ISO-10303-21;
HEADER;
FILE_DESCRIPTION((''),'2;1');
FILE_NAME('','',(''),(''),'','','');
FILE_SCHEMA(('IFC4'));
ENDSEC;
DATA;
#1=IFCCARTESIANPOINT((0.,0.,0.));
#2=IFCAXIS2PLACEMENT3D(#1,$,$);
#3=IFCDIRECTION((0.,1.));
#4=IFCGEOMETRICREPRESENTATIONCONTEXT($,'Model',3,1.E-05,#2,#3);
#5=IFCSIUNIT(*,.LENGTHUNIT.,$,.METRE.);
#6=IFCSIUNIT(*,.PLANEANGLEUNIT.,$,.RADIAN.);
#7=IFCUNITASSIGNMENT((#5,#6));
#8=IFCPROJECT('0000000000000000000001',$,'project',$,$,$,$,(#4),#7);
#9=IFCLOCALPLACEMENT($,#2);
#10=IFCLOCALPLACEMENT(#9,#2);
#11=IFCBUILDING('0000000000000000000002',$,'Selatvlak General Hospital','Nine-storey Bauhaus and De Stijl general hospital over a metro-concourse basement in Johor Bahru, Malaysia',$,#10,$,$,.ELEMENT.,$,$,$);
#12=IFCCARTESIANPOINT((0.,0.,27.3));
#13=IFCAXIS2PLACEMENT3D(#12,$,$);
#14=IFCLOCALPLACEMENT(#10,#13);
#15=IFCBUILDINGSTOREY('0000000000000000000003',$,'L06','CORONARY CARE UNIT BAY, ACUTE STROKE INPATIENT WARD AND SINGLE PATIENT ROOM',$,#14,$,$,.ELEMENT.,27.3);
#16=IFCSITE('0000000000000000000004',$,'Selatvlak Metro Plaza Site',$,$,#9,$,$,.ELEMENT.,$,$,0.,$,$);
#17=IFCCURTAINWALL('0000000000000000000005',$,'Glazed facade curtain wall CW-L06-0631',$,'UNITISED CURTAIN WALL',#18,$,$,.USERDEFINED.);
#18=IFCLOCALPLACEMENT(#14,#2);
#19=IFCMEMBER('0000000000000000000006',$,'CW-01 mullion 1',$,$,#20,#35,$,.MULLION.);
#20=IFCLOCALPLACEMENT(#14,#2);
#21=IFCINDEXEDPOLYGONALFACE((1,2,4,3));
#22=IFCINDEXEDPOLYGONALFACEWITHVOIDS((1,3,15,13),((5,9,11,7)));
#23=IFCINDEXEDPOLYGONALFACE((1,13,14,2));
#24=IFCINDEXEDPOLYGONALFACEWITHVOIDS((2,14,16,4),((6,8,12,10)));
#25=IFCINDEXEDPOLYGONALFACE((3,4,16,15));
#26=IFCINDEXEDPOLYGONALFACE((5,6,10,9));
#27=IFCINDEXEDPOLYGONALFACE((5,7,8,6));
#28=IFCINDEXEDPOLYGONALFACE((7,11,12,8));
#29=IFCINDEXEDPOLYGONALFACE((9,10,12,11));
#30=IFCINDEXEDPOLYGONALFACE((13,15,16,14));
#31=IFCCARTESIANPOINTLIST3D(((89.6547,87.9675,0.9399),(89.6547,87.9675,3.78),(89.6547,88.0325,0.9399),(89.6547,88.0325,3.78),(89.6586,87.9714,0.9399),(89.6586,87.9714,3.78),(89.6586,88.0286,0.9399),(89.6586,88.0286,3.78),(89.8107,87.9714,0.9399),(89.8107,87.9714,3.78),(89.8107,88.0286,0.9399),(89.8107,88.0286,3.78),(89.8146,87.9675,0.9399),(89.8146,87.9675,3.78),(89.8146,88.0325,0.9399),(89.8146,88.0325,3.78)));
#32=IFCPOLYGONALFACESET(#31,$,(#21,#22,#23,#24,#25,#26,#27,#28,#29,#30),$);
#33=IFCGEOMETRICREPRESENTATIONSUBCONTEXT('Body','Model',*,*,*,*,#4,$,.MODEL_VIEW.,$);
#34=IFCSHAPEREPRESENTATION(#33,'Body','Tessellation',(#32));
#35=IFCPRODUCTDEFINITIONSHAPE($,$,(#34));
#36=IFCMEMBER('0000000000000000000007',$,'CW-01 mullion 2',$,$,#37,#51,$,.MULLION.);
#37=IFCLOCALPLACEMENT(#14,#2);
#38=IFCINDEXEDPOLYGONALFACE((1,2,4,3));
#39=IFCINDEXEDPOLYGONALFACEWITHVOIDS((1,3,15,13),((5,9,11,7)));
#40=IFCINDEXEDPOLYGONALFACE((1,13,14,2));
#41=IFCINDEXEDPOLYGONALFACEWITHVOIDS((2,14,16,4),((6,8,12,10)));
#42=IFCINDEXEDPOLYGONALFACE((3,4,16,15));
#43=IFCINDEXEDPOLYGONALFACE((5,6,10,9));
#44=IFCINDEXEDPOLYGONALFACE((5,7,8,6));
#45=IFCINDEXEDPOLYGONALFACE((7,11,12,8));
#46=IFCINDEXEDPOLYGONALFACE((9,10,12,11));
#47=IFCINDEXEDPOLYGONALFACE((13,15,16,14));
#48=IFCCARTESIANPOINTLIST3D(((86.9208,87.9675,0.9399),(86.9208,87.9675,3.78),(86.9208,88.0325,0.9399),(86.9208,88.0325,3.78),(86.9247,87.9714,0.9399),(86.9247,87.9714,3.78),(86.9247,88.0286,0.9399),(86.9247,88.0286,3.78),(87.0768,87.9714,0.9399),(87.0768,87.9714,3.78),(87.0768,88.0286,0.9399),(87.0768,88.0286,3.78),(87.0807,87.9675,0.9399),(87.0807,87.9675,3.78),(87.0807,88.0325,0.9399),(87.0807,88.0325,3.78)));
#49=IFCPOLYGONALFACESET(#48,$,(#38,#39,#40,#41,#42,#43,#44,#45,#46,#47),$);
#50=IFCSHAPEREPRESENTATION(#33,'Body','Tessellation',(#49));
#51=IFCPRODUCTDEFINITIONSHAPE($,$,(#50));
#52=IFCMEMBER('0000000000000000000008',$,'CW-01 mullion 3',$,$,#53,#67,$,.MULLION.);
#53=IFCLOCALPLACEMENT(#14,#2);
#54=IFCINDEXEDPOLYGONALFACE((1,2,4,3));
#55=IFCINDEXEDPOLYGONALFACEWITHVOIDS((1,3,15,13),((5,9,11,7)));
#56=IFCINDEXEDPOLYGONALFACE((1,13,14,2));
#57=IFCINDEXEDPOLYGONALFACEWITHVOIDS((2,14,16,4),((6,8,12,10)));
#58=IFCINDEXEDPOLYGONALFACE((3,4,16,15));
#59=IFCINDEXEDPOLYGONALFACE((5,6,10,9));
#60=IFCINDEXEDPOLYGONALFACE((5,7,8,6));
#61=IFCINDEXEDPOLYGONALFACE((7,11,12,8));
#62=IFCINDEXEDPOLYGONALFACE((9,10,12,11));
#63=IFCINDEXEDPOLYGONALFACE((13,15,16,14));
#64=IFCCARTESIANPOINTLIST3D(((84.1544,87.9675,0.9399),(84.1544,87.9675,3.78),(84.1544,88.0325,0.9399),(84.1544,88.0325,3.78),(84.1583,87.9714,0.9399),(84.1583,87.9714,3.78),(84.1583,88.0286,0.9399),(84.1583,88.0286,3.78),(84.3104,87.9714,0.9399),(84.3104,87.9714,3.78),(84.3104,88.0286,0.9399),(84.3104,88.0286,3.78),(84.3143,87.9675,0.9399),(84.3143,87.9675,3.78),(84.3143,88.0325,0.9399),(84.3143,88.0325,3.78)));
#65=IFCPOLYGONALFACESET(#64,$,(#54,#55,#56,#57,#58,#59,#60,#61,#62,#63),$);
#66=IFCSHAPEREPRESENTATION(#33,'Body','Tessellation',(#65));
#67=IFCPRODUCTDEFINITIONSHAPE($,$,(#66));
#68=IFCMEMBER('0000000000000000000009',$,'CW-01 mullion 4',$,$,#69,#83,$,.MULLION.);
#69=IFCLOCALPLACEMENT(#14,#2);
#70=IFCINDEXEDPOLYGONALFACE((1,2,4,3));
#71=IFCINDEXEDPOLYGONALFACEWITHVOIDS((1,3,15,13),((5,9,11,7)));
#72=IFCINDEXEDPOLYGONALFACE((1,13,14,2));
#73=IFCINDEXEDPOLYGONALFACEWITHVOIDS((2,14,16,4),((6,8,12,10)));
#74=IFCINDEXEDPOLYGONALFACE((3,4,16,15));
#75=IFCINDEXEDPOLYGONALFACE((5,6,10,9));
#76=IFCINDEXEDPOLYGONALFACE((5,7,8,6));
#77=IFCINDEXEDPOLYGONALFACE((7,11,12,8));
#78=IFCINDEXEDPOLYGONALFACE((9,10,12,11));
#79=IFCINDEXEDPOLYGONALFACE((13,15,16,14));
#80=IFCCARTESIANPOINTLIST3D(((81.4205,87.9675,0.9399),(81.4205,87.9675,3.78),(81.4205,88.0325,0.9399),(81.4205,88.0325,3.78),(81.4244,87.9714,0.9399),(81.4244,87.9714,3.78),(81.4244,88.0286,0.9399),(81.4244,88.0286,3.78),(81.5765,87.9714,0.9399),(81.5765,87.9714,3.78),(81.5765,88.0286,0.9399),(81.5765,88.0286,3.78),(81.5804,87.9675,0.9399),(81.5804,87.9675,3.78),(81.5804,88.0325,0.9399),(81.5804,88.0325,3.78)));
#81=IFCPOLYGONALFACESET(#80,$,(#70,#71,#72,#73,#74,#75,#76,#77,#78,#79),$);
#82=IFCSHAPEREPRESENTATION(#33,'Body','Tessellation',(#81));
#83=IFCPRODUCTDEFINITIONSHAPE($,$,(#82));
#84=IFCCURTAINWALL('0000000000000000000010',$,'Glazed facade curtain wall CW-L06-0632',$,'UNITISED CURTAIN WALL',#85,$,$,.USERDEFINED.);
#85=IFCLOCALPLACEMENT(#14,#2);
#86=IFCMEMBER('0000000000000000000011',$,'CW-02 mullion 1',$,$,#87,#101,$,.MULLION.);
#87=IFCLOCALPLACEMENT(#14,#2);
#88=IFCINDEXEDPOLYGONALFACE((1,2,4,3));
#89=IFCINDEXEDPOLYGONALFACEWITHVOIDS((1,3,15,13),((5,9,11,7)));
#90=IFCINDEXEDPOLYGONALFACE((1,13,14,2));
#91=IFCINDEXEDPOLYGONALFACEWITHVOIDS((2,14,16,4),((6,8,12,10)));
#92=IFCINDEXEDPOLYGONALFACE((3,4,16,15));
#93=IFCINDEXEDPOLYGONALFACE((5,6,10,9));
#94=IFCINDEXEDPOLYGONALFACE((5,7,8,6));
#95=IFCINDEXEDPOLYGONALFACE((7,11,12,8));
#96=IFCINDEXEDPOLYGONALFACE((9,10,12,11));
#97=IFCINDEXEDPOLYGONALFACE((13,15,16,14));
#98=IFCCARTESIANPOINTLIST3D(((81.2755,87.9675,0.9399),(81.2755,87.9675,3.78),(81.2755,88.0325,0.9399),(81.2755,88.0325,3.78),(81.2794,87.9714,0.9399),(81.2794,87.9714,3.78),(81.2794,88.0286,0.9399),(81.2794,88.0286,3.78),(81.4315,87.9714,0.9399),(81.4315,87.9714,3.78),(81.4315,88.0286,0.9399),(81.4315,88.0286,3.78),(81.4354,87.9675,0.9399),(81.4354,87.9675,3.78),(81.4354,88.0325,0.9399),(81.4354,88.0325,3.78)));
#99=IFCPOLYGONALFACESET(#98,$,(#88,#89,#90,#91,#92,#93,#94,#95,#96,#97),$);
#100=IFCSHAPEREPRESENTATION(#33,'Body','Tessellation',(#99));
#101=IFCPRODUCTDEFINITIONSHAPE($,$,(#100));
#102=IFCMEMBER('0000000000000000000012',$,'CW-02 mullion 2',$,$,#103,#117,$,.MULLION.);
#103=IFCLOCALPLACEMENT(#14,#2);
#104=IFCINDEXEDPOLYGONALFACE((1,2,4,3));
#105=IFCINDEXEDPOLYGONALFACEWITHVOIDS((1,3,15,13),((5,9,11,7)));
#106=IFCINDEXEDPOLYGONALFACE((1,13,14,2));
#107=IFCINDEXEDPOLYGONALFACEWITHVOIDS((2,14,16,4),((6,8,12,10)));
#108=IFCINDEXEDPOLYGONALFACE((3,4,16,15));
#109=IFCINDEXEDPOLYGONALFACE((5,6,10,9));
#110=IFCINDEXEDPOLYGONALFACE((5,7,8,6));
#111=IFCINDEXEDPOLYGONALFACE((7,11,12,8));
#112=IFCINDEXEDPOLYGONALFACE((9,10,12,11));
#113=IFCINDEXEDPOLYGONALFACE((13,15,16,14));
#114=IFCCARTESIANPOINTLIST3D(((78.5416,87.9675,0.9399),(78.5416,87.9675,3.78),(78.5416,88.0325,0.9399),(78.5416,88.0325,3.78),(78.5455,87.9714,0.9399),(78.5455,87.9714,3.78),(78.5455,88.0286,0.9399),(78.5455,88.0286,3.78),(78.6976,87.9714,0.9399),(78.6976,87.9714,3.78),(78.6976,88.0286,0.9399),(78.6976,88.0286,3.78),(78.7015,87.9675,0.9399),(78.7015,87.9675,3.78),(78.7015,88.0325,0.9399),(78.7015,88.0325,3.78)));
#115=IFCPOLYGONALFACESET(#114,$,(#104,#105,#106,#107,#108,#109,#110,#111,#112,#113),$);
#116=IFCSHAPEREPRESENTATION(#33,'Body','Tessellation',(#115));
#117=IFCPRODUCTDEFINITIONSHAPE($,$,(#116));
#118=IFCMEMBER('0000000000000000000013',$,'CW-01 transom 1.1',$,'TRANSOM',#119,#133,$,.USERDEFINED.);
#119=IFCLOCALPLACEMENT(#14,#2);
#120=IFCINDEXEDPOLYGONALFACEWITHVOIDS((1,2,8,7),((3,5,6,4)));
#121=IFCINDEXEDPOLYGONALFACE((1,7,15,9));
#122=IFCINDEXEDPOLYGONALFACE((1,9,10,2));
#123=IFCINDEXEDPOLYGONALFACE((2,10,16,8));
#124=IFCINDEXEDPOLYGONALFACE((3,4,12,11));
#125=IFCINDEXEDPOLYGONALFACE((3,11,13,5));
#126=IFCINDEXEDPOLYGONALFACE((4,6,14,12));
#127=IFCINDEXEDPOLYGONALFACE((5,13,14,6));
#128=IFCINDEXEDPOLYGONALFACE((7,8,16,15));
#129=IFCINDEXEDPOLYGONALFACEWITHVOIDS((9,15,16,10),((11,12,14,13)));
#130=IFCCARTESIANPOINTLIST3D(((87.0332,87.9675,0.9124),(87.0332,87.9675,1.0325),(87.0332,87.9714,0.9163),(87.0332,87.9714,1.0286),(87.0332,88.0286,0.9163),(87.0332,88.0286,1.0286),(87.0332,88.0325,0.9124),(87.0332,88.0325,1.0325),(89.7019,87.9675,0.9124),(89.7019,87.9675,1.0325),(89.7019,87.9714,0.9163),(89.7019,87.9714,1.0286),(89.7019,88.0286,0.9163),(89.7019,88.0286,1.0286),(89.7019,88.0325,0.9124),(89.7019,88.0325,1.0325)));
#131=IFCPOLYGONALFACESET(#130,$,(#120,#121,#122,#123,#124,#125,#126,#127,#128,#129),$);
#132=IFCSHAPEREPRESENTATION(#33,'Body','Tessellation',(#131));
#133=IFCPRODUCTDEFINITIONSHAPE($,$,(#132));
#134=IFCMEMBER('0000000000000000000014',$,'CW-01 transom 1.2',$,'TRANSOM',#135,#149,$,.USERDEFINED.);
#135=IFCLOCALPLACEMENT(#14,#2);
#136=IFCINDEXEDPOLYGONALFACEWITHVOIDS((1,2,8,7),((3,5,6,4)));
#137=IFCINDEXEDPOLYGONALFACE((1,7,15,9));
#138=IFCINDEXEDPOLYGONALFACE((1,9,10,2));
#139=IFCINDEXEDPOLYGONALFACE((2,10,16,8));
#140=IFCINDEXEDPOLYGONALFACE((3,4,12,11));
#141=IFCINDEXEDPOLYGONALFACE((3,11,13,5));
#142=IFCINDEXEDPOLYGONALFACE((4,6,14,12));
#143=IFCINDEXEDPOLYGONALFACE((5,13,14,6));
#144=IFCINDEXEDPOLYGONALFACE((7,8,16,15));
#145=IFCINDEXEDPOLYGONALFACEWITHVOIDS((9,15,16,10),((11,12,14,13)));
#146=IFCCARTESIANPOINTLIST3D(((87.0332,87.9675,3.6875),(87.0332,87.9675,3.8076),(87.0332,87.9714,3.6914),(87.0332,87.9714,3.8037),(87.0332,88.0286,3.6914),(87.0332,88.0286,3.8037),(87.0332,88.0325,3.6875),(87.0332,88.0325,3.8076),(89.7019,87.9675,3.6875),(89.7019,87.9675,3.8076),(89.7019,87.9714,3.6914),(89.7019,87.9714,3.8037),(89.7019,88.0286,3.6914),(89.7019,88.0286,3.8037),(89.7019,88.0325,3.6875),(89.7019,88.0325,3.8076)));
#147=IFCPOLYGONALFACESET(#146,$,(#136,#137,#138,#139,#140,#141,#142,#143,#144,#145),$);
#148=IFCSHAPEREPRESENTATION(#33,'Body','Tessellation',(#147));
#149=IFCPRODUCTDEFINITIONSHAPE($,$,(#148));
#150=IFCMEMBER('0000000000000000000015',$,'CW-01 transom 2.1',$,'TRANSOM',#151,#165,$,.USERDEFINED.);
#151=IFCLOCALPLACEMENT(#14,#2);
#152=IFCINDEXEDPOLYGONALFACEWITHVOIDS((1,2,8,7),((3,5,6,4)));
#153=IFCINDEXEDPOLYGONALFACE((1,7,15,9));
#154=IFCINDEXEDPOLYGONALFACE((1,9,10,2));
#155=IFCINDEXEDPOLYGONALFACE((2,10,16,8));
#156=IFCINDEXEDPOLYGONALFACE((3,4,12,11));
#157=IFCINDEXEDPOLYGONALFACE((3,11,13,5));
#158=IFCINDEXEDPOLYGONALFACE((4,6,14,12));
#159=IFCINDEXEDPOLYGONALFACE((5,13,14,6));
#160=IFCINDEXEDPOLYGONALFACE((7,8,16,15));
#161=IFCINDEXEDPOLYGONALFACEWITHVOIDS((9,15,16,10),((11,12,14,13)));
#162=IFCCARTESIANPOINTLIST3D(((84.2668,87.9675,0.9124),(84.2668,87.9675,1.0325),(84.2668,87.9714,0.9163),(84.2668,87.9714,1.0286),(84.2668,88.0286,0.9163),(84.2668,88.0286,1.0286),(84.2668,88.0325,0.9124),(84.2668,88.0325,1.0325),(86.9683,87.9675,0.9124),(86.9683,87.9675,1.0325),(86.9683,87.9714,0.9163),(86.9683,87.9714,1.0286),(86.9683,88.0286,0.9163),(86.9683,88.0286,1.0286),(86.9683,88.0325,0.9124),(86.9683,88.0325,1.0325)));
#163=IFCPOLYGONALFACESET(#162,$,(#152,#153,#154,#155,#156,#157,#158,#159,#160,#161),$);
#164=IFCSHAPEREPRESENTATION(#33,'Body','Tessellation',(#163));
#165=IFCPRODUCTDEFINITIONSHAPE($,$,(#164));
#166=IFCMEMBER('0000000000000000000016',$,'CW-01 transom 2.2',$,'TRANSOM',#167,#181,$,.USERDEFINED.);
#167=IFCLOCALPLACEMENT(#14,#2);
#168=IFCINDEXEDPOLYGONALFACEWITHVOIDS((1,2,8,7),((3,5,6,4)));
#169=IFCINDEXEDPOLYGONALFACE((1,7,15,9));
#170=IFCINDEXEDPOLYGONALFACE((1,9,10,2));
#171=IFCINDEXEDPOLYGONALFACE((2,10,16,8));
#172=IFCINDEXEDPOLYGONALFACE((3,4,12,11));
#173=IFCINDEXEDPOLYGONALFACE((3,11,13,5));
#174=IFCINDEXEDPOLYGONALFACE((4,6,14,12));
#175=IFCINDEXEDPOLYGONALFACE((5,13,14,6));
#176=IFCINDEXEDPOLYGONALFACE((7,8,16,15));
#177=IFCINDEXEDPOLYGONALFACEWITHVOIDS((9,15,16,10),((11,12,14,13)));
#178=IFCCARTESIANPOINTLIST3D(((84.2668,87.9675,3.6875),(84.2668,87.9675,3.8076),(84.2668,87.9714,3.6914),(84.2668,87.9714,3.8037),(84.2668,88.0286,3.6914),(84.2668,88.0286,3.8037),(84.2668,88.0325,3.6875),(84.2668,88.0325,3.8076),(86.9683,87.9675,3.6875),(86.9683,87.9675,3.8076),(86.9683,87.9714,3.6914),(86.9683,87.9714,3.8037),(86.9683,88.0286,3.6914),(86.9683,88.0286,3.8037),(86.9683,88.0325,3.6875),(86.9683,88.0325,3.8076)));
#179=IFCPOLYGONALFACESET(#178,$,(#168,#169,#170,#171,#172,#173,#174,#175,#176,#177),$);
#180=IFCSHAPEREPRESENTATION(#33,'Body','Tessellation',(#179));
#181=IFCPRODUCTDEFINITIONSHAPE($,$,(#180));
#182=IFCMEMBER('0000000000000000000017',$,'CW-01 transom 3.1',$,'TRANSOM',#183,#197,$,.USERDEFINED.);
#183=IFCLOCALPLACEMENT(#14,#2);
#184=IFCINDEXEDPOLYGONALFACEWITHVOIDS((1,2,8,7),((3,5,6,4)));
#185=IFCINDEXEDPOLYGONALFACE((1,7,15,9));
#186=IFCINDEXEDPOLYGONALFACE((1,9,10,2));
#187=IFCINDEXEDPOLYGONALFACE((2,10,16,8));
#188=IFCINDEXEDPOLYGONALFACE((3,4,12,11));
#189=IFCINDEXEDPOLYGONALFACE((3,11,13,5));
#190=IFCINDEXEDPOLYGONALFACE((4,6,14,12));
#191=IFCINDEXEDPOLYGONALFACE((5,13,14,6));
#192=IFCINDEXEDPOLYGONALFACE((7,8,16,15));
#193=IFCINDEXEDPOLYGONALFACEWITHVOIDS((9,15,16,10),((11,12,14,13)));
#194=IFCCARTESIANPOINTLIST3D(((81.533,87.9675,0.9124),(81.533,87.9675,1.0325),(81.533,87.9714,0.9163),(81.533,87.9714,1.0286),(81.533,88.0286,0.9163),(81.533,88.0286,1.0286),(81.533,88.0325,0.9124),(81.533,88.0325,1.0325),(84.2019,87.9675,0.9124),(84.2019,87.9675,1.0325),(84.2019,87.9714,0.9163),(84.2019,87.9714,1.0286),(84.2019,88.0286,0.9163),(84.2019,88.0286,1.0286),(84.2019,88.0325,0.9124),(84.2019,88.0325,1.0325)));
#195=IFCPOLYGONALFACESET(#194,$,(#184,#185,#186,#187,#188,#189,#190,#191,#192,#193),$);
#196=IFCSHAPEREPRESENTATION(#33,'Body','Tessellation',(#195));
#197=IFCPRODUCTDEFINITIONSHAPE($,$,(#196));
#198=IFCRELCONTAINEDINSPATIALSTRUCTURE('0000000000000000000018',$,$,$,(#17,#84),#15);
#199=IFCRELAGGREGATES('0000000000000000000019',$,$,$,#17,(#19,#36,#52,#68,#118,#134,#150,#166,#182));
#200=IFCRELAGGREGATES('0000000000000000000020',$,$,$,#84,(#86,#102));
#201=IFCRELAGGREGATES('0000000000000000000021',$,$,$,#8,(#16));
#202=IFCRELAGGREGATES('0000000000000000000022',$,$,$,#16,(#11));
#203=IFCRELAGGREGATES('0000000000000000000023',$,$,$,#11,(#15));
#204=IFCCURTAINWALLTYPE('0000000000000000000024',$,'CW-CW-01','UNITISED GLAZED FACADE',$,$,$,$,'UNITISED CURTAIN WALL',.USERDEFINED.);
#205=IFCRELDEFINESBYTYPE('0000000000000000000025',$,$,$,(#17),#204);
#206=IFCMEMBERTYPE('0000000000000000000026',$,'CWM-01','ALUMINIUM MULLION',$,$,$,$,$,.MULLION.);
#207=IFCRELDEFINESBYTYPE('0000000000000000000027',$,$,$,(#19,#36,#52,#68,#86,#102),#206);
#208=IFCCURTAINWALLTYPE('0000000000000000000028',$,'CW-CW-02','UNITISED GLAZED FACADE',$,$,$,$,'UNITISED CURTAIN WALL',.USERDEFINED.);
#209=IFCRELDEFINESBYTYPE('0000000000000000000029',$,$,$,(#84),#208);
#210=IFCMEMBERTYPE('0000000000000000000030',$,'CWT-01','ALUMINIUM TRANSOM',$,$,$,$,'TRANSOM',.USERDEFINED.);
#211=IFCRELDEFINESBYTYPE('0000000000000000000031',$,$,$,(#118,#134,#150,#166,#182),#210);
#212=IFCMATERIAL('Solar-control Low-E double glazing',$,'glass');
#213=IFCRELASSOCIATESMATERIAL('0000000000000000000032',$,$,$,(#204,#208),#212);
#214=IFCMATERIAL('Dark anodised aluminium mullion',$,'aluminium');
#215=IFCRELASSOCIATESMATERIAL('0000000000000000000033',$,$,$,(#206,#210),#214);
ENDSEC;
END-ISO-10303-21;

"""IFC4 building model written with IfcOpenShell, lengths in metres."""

from ifc_helpers import new_model, si_unit, direction, frame, origin, origin_2d, place, context, subcontext, project, spatial, hollow_rectangle, extrude, material, material_profile, profile_set, type_object, element, aggregate, save


model = new_model("IFC4")

# Units and contexts
model_context = context("Model", 3, precision=1e-05, world=origin(), true_north=direction((0.0, 1.0)))
body_context = subcontext(model_context, "Body", "Model", "MODEL_VIEW")
ifc_project = project(units=[si_unit("LENGTHUNIT", "METRE"), si_unit("PLANEANGLEUNIT", "RADIAN")], contexts=[model_context])

# Site, building, storey
site_placement = place(None, origin())
site = spatial("IfcSite", under=ifc_project, at=site_placement, Name="Selatvlak Metro Plaza Site", CompositionType="ELEMENT", RefElevation=0.0)
building_placement = place(site_placement, origin())
building = spatial("IfcBuilding", under=site, at=building_placement, Name="Selatvlak General Hospital", Description="Nine-storey Bauhaus and De Stijl general hospital over a metro-concourse basement in Johor Bahru, Malaysia", CompositionType="ELEMENT")
storey_placement = place(building_placement, frame((0.0, 0.0, 27.3)))
storey = spatial("IfcBuildingStorey", under=building, at=storey_placement, Name="L06", Description="CORONARY CARE UNIT BAY, ACUTE STROKE INPATIENT WARD AND SINGLE PATIENT ROOM", CompositionType="ELEMENT", Elevation=27.3)

# Curtain walls, members
ifc_material_1 = material(Name="Solar-control Low-E double glazing", Category="glass")
curtain_wall_type_1 = type_object("IfcCurtainWallType", Name="CW-CW-01", Description="UNITISED GLAZED FACADE", ElementType="UNITISED CURTAIN WALL", PredefinedType="USERDEFINED", material=ifc_material_1)
curtain_wall_1_placement = place(storey_placement, origin())
curtain_wall_1 = element("IfcCurtainWall", 1, at=curtain_wall_1_placement, inside=storey, type_object=curtain_wall_type_1, Name="Glazed facade curtain wall CW-L06-0631", ObjectType="UNITISED CURTAIN WALL", PredefinedType="USERDEFINED")
ifc_material_2 = material(Name="Dark anodised aluminium mullion", Category="aluminium")
ifc_material_profile_1 = material_profile(ifc_material_2, hollow_rectangle(XDim=0.0649, YDim=0.1599, WallThickness=0.0039, at=origin_2d()), Name="AL-MUL 65x160x4")
ifc_profile_set_1 = profile_set([ifc_material_profile_1], Name="Dark anodised aluminium mullion")
member_type_1 = type_object("IfcMemberType", Name="CWM-01", Description="ALUMINIUM MULLION", PredefinedType="MULLION", material=ifc_profile_set_1)
member_1_placement = place(storey_placement, frame((89.7346, 88.0, 0.9399), z_axis=(0.0, 0.0, 1.0), x_axis=(0.0, -1.0, 0.0)))
member_1 = element("IfcMember", 2, at=member_1_placement, type_object=member_type_1, Name="CW-01 mullion 1", PredefinedType="MULLION", context=body_context, shape_type="SweptSolid", body=[
    extrude(hollow_rectangle(XDim=0.0649, YDim=0.1599, WallThickness=0.0039, at=origin_2d()), origin(), (0.0, 0.0, 1.0), 2.8401),
])
member_2_placement = place(storey_placement, frame((87.0007, 88.0, 0.9399), z_axis=(0.0, 0.0, 1.0), x_axis=(0.0, -1.0, 0.0)))
member_2 = element("IfcMember", 3, at=member_2_placement, type_object=member_type_1, Name="CW-01 mullion 2", PredefinedType="MULLION", context=body_context, shape_type="SweptSolid", body=[
    extrude(hollow_rectangle(XDim=0.0649, YDim=0.1599, WallThickness=0.0039, at=origin_2d()), origin(), (0.0, 0.0, 1.0), 2.8401),
])
member_3_placement = place(storey_placement, frame((84.2344, 88.0, 0.9399), z_axis=(0.0, 0.0, 1.0), x_axis=(0.0, -1.0, 0.0)))
member_3 = element("IfcMember", 4, at=member_3_placement, type_object=member_type_1, Name="CW-01 mullion 3", PredefinedType="MULLION", context=body_context, shape_type="SweptSolid", body=[
    extrude(hollow_rectangle(XDim=0.0649, YDim=0.1599, WallThickness=0.0039, at=origin_2d()), origin(), (0.0, 0.0, 1.0), 2.8401),
])
member_4_placement = place(storey_placement, frame((81.5005, 88.0, 0.9399), z_axis=(0.0, 0.0, 1.0), x_axis=(0.0, -1.0, 0.0)))
member_4 = element("IfcMember", 5, at=member_4_placement, type_object=member_type_1, Name="CW-01 mullion 4", PredefinedType="MULLION", context=body_context, shape_type="SweptSolid", body=[
    extrude(hollow_rectangle(XDim=0.0649, YDim=0.1599, WallThickness=0.0039, at=origin_2d()), origin(), (0.0, 0.0, 1.0), 2.8401),
])
curtain_wall_type_2 = type_object("IfcCurtainWallType", Name="CW-CW-02", Description="UNITISED GLAZED FACADE", ElementType="UNITISED CURTAIN WALL", PredefinedType="USERDEFINED", material=ifc_material_1)
curtain_wall_2_placement = place(storey_placement, origin())
curtain_wall_2 = element("IfcCurtainWall", 6, at=curtain_wall_2_placement, inside=storey, type_object=curtain_wall_type_2, Name="Glazed facade curtain wall CW-L06-0632", ObjectType="UNITISED CURTAIN WALL", PredefinedType="USERDEFINED")
member_5_placement = place(storey_placement, frame((81.3555, 88.0, 0.9399), z_axis=(0.0, 0.0, 1.0), x_axis=(0.0, -1.0, 0.0)))
member_5 = element("IfcMember", 7, at=member_5_placement, type_object=member_type_1, Name="CW-02 mullion 1", PredefinedType="MULLION", context=body_context, shape_type="SweptSolid", body=[
    extrude(hollow_rectangle(XDim=0.0649, YDim=0.1599, WallThickness=0.0039, at=origin_2d()), origin(), (0.0, 0.0, 1.0), 2.8401),
])
member_6_placement = place(storey_placement, frame((78.6216, 88.0, 0.9399), z_axis=(0.0, 0.0, 1.0), x_axis=(0.0, -1.0, 0.0)))
member_6 = element("IfcMember", 8, at=member_6_placement, type_object=member_type_1, Name="CW-02 mullion 2", PredefinedType="MULLION", context=body_context, shape_type="SweptSolid", body=[
    extrude(hollow_rectangle(XDim=0.0649, YDim=0.1599, WallThickness=0.0039, at=origin_2d()), origin(), (0.0, 0.0, 1.0), 2.8401),
])

# Members
ifc_material_profile_2 = material_profile(ifc_material_2, hollow_rectangle(XDim=0.0649, YDim=0.1201, WallThickness=0.0039, at=origin_2d()), Name="AL-TRN 65x120x4")
ifc_profile_set_2 = profile_set([ifc_material_profile_2], Name="Dark anodised aluminium mullion")
member_type_2 = type_object("IfcMemberType", Name="CWT-01", Description="ALUMINIUM TRANSOM", ElementType="TRANSOM", PredefinedType="USERDEFINED", material=ifc_profile_set_2)
member_7_placement = place(storey_placement, frame((89.7019, 88.0, 0.9724), z_axis=(-1.0, 0.0, 0.0), x_axis=(0.0, -1.0, 0.0)))
member_7 = element("IfcMember", 9, at=member_7_placement, type_object=member_type_2, Name="CW-01 transom 1.1", ObjectType="TRANSOM", PredefinedType="USERDEFINED", context=body_context, shape_type="SweptSolid", body=[
    extrude(hollow_rectangle(XDim=0.0649, YDim=0.1201, WallThickness=0.0039, at=origin_2d()), origin(), (0.0, 0.0, 1.0), 2.6687),
])
member_8_placement = place(storey_placement, frame((89.7019, 88.0, 3.7476), z_axis=(-1.0, 0.0, 0.0), x_axis=(0.0, -1.0, 0.0)))
member_8 = element("IfcMember", 10, at=member_8_placement, type_object=member_type_2, Name="CW-01 transom 1.2", ObjectType="TRANSOM", PredefinedType="USERDEFINED", context=body_context, shape_type="SweptSolid", body=[
    extrude(hollow_rectangle(XDim=0.0649, YDim=0.1201, WallThickness=0.0039, at=origin_2d()), origin(), (0.0, 0.0, 1.0), 2.6687),
])
member_9_placement = place(storey_placement, frame((86.9683, 88.0, 0.9724), z_axis=(-1.0, 0.0, 0.0), x_axis=(0.0, -1.0, 0.0)))
member_9 = element("IfcMember", 11, at=member_9_placement, type_object=member_type_2, Name="CW-01 transom 2.1", ObjectType="TRANSOM", PredefinedType="USERDEFINED", context=body_context, shape_type="SweptSolid", body=[
    extrude(hollow_rectangle(XDim=0.0649, YDim=0.1201, WallThickness=0.0039, at=origin_2d()), origin(), (0.0, 0.0, 1.0), 2.7014),
])
member_10_placement = place(storey_placement, frame((86.9683, 88.0, 3.7476), z_axis=(-1.0, 0.0, 0.0), x_axis=(0.0, -1.0, 0.0)))
member_10 = element("IfcMember", 12, at=member_10_placement, type_object=member_type_2, Name="CW-01 transom 2.2", ObjectType="TRANSOM", PredefinedType="USERDEFINED", context=body_context, shape_type="SweptSolid", body=[
    extrude(hollow_rectangle(XDim=0.0649, YDim=0.1201, WallThickness=0.0039, at=origin_2d()), origin(), (0.0, 0.0, 1.0), 2.7014),
])
member_11_placement = place(storey_placement, frame((84.2019, 88.0, 0.9724), z_axis=(-1.0, 0.0, 0.0), x_axis=(0.0, -1.0, 0.0)))
member_11 = element("IfcMember", 13, at=member_11_placement, type_object=member_type_2, Name="CW-01 transom 3.1", ObjectType="TRANSOM", PredefinedType="USERDEFINED", context=body_context, shape_type="SweptSolid", body=[
    extrude(hollow_rectangle(XDim=0.0649, YDim=0.1201, WallThickness=0.0039, at=origin_2d()), origin(), (0.0, 0.0, 1.0), 2.6689),
])

aggregate(curtain_wall_1, [member_1, member_2, member_3, member_4, member_7, member_8, member_9, member_10, member_11])
aggregate(curtain_wall_2, [member_5, member_6])

save(model, "model.ifc")
